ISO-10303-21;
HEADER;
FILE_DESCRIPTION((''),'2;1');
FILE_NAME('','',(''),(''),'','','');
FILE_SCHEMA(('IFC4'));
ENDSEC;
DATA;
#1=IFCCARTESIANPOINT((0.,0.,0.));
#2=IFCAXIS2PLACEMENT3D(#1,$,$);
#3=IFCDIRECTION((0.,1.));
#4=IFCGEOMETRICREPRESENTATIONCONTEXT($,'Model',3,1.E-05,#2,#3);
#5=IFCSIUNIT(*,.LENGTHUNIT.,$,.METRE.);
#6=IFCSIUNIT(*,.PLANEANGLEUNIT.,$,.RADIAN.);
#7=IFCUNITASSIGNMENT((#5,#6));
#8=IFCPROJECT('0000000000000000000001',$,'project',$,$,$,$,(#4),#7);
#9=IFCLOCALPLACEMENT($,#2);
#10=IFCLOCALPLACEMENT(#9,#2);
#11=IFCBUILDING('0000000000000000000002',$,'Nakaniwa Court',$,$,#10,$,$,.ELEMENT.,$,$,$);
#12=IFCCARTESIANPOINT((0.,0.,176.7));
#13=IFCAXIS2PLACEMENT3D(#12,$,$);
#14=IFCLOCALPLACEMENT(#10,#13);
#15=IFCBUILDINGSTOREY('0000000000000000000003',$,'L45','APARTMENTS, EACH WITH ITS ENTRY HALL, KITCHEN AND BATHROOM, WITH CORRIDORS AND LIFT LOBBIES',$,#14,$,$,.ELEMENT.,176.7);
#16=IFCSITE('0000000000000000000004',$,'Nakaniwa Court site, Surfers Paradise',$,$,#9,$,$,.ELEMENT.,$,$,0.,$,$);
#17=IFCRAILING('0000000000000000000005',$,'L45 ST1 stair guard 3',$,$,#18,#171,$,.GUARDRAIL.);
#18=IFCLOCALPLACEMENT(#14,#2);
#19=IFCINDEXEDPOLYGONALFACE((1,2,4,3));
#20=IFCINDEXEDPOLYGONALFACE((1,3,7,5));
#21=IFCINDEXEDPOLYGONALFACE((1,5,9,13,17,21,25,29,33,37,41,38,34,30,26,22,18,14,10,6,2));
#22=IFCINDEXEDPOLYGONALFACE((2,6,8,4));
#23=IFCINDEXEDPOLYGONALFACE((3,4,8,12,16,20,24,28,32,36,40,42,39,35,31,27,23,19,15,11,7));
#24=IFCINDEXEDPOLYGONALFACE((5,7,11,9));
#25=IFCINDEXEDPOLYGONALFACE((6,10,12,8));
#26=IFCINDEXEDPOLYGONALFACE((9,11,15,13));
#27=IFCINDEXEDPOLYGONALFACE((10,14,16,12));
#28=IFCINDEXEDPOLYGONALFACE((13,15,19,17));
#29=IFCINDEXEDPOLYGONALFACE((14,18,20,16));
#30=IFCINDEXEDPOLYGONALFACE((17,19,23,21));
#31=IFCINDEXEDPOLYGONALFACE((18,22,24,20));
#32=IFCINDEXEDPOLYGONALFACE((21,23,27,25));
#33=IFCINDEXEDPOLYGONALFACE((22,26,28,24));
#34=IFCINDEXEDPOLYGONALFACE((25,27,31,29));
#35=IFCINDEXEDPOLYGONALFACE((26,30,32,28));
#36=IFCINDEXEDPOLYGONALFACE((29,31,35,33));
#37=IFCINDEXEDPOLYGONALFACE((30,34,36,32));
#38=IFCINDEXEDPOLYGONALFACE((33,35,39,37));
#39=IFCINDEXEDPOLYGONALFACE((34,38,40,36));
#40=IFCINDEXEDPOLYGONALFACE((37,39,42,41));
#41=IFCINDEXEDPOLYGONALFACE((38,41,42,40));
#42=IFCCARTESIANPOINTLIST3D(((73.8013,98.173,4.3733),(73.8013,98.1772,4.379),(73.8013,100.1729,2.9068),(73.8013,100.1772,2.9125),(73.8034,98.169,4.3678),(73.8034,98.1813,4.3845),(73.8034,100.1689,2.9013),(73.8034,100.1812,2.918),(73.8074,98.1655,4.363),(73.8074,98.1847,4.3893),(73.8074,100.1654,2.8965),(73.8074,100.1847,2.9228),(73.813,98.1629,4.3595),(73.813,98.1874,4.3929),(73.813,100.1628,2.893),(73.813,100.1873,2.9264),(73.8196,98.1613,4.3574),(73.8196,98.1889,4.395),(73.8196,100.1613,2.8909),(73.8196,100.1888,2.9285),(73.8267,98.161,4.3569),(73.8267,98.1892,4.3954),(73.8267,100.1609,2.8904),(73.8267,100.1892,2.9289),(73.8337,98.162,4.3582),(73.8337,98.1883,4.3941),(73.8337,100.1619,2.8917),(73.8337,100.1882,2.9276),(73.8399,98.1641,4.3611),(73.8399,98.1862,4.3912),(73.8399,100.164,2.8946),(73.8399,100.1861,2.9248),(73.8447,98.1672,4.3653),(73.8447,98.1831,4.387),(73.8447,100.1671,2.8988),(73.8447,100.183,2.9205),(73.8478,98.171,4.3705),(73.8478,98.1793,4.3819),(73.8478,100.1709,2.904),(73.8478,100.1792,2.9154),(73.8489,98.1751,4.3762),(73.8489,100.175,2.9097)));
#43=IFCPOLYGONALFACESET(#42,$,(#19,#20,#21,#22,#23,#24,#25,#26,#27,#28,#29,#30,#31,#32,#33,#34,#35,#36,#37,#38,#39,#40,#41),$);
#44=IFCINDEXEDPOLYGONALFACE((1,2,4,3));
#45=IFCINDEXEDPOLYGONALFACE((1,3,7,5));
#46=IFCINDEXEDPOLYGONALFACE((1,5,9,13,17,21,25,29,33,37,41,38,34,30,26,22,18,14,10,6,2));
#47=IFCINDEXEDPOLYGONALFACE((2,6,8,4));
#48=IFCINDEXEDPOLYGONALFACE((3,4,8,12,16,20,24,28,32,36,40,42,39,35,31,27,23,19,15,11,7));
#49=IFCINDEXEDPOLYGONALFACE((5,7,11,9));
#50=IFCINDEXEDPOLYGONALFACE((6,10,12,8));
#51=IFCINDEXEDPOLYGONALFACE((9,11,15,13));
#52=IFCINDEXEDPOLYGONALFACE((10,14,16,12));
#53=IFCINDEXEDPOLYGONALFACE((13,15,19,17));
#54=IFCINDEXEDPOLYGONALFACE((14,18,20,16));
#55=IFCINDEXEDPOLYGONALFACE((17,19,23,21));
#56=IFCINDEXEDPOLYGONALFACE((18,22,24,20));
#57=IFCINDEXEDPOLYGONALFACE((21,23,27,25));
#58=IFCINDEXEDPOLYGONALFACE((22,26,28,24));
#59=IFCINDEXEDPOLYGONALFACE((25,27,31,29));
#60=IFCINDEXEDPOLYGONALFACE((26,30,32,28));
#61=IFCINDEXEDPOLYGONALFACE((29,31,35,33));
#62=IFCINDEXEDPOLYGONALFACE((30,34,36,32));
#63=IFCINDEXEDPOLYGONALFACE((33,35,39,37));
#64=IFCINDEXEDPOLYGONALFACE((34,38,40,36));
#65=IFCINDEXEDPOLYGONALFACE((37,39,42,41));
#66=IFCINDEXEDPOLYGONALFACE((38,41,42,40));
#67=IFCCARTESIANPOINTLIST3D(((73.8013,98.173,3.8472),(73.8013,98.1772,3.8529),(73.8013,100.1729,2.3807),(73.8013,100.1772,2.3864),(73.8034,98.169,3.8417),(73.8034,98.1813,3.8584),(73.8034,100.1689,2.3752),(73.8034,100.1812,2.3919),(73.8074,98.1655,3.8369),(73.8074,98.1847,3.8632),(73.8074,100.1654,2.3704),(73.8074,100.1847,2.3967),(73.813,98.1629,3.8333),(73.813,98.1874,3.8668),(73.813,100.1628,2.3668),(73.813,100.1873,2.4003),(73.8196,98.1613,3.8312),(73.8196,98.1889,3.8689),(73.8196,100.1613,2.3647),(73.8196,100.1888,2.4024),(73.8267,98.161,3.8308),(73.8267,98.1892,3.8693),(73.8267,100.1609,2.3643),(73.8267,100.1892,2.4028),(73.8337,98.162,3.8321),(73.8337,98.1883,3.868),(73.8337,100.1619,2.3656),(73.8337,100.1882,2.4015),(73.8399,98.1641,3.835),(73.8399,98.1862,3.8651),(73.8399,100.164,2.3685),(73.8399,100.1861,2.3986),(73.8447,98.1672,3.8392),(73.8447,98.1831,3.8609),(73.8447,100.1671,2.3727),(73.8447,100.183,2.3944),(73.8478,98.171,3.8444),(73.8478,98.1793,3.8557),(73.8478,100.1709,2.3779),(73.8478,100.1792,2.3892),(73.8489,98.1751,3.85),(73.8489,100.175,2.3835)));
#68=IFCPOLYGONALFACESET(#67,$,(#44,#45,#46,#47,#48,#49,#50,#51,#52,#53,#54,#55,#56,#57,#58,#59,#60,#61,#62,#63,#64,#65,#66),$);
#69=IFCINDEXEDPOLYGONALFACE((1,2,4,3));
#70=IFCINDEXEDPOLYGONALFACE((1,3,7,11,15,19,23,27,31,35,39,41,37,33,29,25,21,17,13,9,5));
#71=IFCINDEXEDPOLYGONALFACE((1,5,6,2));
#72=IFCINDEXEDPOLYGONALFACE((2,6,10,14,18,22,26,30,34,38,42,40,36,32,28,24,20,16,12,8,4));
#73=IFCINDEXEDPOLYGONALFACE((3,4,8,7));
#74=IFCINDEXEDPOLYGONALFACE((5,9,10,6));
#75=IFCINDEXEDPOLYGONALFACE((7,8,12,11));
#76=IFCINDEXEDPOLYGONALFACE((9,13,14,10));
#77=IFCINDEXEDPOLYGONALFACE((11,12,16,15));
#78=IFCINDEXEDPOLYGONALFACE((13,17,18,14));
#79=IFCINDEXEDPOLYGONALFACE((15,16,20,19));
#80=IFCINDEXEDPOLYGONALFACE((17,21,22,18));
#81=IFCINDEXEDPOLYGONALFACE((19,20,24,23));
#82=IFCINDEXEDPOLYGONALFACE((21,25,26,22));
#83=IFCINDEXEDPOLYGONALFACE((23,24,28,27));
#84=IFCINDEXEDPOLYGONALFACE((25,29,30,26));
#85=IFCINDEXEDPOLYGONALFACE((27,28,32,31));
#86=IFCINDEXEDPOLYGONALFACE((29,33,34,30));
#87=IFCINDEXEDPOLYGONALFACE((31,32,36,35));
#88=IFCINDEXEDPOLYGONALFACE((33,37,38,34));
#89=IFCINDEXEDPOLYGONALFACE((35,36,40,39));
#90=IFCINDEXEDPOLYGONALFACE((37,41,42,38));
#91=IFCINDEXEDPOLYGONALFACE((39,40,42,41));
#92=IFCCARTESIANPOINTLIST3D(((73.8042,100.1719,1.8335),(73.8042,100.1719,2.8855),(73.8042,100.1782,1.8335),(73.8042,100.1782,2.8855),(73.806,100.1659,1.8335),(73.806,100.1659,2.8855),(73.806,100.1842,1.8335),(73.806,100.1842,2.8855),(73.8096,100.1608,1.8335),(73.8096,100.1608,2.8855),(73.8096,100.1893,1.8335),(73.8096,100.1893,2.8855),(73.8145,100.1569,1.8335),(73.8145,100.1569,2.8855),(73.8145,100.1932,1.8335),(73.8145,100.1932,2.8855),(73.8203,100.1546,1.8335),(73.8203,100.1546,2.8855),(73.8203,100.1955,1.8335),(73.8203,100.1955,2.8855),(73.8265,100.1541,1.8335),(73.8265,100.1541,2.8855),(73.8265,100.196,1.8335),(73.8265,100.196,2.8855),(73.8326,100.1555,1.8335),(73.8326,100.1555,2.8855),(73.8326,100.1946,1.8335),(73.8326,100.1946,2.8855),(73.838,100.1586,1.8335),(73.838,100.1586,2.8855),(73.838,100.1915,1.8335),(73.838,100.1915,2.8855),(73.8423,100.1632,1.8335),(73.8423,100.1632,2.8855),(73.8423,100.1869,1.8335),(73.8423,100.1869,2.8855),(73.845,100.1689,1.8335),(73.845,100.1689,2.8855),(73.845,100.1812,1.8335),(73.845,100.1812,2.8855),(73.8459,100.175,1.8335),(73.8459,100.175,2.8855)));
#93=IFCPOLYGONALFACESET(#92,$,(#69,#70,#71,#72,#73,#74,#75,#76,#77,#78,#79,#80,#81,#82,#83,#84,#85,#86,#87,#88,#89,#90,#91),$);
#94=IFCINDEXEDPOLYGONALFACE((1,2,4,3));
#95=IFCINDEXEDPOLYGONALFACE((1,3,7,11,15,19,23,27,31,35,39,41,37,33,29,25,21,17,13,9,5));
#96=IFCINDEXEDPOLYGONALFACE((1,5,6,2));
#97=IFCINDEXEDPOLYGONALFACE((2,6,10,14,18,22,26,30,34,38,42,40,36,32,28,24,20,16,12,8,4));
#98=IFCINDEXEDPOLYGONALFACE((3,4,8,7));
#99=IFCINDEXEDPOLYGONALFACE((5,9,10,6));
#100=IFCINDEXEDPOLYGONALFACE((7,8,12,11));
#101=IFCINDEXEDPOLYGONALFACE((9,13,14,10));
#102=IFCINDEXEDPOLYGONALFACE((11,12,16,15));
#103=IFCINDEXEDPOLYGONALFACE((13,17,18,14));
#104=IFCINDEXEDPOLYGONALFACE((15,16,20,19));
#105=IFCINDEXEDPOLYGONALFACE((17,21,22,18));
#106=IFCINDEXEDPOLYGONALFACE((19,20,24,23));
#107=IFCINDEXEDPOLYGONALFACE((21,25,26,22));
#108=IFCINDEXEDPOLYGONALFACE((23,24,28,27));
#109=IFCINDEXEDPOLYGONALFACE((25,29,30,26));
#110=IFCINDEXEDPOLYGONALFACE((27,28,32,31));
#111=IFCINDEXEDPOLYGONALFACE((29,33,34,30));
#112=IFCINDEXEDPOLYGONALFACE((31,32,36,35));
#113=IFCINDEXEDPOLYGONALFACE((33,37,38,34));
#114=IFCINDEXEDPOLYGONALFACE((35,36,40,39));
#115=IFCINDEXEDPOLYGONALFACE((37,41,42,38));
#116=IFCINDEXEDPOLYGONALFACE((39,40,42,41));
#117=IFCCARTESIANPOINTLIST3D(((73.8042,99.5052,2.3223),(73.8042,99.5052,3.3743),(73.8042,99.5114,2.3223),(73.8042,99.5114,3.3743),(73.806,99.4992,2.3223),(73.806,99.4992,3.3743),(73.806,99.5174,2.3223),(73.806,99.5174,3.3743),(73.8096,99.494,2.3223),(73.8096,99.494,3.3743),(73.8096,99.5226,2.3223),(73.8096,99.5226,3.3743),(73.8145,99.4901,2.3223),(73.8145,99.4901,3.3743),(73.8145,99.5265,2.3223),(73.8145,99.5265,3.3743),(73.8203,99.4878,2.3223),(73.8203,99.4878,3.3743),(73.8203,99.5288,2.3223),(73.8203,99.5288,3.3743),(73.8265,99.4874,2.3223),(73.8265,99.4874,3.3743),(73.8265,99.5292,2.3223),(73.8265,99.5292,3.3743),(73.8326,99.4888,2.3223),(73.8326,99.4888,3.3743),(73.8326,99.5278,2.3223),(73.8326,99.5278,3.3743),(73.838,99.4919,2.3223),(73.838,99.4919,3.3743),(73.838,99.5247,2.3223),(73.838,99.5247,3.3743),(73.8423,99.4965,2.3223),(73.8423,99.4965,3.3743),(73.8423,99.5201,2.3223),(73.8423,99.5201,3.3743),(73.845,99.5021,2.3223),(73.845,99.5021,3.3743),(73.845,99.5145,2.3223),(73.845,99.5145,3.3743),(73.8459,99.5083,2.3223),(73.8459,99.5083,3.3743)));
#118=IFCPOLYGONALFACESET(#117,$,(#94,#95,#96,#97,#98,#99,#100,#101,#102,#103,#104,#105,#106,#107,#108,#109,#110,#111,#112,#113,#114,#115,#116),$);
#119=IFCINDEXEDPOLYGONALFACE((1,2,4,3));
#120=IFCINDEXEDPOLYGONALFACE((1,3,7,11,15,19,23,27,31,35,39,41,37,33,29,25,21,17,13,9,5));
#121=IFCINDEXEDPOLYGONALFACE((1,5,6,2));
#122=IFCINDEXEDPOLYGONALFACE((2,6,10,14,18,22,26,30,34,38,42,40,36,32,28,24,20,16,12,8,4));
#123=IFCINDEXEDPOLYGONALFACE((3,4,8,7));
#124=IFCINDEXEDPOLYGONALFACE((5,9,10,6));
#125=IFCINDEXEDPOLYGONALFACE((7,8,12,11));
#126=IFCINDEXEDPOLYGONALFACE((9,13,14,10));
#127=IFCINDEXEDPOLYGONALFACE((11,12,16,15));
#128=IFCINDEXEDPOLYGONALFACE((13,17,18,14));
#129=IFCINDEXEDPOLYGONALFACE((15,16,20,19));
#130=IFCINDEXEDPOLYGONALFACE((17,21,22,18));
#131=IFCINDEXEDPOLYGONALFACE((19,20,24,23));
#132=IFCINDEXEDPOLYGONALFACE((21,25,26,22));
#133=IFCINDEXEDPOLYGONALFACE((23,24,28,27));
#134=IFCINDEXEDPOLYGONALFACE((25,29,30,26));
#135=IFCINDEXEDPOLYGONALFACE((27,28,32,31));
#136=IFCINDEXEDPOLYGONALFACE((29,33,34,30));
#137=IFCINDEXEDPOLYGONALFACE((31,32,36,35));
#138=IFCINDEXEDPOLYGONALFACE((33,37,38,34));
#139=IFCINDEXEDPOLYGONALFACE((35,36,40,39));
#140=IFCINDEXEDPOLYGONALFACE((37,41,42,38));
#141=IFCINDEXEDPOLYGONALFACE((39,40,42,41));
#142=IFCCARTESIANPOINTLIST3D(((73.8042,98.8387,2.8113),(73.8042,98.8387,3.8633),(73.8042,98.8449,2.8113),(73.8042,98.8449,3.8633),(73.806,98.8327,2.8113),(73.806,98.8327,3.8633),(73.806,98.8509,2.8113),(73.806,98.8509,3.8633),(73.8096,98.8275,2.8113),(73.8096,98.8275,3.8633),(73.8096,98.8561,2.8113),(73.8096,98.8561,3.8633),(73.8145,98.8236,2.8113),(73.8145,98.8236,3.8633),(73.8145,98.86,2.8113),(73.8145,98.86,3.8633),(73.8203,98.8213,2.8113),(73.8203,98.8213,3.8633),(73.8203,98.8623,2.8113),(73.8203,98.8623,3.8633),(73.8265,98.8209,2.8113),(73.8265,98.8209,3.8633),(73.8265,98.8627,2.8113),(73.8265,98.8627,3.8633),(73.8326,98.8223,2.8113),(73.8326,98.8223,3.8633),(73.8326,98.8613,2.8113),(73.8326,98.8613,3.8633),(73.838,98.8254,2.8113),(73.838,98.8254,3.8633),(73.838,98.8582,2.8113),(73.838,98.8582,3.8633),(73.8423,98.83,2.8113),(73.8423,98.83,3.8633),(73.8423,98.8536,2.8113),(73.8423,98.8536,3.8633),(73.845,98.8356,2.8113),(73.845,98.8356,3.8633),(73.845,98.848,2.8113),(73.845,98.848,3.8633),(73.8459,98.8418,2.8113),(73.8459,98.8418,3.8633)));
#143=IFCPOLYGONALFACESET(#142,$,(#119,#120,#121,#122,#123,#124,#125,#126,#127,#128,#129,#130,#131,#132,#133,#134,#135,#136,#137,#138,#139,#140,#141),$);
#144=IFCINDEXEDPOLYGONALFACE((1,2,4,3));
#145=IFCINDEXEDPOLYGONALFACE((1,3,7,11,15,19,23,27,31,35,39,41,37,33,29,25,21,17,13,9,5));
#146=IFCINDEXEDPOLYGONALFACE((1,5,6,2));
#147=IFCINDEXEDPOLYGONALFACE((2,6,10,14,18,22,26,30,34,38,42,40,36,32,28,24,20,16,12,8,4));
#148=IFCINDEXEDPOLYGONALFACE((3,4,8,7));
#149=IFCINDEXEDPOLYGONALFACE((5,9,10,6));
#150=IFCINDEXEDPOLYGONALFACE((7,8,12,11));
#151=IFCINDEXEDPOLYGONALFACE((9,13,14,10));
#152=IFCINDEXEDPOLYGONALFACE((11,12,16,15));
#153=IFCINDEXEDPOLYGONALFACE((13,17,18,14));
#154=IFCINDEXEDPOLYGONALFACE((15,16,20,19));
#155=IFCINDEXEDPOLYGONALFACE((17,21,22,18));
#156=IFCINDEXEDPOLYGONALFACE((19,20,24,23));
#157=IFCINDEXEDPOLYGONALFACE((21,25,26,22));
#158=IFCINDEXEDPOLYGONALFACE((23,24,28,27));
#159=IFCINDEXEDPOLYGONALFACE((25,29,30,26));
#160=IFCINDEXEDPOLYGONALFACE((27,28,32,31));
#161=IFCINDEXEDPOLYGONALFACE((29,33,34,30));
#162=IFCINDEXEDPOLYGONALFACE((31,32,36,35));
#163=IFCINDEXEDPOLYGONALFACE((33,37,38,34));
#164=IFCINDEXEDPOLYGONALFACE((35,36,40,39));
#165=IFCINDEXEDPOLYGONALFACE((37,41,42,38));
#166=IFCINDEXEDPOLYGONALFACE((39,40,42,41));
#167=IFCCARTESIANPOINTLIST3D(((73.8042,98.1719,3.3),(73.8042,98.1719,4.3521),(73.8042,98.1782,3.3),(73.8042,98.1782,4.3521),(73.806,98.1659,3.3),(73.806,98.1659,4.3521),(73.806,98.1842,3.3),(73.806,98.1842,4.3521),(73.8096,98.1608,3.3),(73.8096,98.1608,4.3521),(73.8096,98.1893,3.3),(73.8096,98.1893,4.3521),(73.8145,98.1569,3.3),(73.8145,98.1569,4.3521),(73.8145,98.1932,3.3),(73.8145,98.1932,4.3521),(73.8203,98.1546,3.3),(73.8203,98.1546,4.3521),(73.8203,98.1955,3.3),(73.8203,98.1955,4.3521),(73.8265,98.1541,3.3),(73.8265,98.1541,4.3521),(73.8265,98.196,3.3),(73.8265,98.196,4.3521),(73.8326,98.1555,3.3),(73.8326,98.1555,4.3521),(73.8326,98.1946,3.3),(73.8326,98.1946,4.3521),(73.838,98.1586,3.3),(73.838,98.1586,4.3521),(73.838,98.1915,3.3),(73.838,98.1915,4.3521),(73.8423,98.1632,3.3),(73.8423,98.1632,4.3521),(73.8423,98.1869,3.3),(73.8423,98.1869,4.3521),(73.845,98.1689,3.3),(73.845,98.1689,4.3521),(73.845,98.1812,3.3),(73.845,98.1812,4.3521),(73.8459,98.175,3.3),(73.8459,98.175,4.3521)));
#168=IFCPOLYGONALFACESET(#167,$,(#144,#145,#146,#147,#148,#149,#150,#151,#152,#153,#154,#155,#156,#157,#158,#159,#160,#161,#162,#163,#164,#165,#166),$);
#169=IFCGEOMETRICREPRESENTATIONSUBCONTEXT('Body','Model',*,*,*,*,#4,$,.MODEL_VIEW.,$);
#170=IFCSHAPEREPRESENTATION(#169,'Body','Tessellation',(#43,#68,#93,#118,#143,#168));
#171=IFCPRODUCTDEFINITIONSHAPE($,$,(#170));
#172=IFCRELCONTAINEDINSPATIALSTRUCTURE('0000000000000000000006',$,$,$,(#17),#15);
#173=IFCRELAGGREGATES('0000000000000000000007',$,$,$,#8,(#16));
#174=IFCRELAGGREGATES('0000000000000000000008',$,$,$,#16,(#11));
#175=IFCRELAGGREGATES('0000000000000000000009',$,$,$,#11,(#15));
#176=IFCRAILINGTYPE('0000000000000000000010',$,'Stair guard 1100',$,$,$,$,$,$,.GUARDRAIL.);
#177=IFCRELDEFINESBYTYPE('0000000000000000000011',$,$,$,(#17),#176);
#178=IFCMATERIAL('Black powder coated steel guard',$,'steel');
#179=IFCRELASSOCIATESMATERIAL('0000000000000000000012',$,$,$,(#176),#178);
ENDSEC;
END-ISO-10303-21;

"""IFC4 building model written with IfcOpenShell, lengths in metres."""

from ifc_helpers import new_model, si_unit, direction, frame, origin, origin_2d, place, context, subcontext, project, spatial, circle, extrude, material, type_object, element, save


model = new_model("IFC4")

# Units and contexts
model_context = context("Model", 3, precision=1e-05, world=origin(), true_north=direction((0.0, 1.0)))
body_context = subcontext(model_context, "Body", "Model", "MODEL_VIEW")
ifc_project = project(units=[si_unit("LENGTHUNIT", "METRE"), si_unit("PLANEANGLEUNIT", "RADIAN")], contexts=[model_context])

# Site, building, storey
site_placement = place(None, origin())
site = spatial("IfcSite", under=ifc_project, at=site_placement, Name="Nakaniwa Court site, Surfers Paradise", CompositionType="ELEMENT", RefElevation=0.0)
building_placement = place(site_placement, origin())
building = spatial("IfcBuilding", under=site, at=building_placement, Name="Nakaniwa Court", CompositionType="ELEMENT")
storey_placement = place(building_placement, frame((0.0, 0.0, 176.7)))
storey = spatial("IfcBuildingStorey", under=building, at=storey_placement, Name="L45", Description="APARTMENTS, EACH WITH ITS ENTRY HALL, KITCHEN AND BATHROOM, WITH CORRIDORS AND LIFT LOBBIES", CompositionType="ELEMENT", Elevation=176.7)

# Railing
ifc_material_1 = material(Name="Black powder coated steel guard", Category="steel")
railing_type_1 = type_object("IfcRailingType", Name="Stair guard 1100", PredefinedType="GUARDRAIL", material=ifc_material_1)
railing_1_placement = place(storey_placement, frame((73.825, 100.175, 1.8335)))
element("IfcRailing", 1, at=railing_1_placement, inside=storey, type_object=railing_type_1, Name="L45 ST1 stair guard 3", PredefinedType="GUARDRAIL", context=body_context, shape_type="SweptSolid", body=[
    extrude(circle(Radius=0.0239, at=origin_2d()), frame((0.0, 0.0, 1.0762), z_axis=(0.0, -0.806427, 0.591334), x_axis=(1.0, 0.0, 0.0)), (0.0, 0.0, 1.0), 2.48),
    extrude(circle(Radius=0.0239, at=origin_2d()), frame((0.0, 0.0, 0.55), z_axis=(0.0, -0.806427, 0.591334), x_axis=(1.0, 0.0, 0.0)), (0.0, 0.0, 1.0), 2.48),
    extrude(circle(Radius=0.021, at=origin_2d()), origin(), (0.0, 0.0, 1.0), 1.052),
    extrude(circle(Radius=0.021, at=origin_2d()), frame((0.0, -0.6667, 0.4888)), (0.0, 0.0, 1.0), 1.052),
    extrude(circle(Radius=0.021, at=origin_2d()), frame((0.0, -1.3333, 0.9778)), (0.0, 0.0, 1.0), 1.052),
    extrude(circle(Radius=0.021, at=origin_2d()), frame((0.0, -2.0, 1.4666)), (0.0, 0.0, 1.0), 1.052),
])

save(model, "model.ifc")
